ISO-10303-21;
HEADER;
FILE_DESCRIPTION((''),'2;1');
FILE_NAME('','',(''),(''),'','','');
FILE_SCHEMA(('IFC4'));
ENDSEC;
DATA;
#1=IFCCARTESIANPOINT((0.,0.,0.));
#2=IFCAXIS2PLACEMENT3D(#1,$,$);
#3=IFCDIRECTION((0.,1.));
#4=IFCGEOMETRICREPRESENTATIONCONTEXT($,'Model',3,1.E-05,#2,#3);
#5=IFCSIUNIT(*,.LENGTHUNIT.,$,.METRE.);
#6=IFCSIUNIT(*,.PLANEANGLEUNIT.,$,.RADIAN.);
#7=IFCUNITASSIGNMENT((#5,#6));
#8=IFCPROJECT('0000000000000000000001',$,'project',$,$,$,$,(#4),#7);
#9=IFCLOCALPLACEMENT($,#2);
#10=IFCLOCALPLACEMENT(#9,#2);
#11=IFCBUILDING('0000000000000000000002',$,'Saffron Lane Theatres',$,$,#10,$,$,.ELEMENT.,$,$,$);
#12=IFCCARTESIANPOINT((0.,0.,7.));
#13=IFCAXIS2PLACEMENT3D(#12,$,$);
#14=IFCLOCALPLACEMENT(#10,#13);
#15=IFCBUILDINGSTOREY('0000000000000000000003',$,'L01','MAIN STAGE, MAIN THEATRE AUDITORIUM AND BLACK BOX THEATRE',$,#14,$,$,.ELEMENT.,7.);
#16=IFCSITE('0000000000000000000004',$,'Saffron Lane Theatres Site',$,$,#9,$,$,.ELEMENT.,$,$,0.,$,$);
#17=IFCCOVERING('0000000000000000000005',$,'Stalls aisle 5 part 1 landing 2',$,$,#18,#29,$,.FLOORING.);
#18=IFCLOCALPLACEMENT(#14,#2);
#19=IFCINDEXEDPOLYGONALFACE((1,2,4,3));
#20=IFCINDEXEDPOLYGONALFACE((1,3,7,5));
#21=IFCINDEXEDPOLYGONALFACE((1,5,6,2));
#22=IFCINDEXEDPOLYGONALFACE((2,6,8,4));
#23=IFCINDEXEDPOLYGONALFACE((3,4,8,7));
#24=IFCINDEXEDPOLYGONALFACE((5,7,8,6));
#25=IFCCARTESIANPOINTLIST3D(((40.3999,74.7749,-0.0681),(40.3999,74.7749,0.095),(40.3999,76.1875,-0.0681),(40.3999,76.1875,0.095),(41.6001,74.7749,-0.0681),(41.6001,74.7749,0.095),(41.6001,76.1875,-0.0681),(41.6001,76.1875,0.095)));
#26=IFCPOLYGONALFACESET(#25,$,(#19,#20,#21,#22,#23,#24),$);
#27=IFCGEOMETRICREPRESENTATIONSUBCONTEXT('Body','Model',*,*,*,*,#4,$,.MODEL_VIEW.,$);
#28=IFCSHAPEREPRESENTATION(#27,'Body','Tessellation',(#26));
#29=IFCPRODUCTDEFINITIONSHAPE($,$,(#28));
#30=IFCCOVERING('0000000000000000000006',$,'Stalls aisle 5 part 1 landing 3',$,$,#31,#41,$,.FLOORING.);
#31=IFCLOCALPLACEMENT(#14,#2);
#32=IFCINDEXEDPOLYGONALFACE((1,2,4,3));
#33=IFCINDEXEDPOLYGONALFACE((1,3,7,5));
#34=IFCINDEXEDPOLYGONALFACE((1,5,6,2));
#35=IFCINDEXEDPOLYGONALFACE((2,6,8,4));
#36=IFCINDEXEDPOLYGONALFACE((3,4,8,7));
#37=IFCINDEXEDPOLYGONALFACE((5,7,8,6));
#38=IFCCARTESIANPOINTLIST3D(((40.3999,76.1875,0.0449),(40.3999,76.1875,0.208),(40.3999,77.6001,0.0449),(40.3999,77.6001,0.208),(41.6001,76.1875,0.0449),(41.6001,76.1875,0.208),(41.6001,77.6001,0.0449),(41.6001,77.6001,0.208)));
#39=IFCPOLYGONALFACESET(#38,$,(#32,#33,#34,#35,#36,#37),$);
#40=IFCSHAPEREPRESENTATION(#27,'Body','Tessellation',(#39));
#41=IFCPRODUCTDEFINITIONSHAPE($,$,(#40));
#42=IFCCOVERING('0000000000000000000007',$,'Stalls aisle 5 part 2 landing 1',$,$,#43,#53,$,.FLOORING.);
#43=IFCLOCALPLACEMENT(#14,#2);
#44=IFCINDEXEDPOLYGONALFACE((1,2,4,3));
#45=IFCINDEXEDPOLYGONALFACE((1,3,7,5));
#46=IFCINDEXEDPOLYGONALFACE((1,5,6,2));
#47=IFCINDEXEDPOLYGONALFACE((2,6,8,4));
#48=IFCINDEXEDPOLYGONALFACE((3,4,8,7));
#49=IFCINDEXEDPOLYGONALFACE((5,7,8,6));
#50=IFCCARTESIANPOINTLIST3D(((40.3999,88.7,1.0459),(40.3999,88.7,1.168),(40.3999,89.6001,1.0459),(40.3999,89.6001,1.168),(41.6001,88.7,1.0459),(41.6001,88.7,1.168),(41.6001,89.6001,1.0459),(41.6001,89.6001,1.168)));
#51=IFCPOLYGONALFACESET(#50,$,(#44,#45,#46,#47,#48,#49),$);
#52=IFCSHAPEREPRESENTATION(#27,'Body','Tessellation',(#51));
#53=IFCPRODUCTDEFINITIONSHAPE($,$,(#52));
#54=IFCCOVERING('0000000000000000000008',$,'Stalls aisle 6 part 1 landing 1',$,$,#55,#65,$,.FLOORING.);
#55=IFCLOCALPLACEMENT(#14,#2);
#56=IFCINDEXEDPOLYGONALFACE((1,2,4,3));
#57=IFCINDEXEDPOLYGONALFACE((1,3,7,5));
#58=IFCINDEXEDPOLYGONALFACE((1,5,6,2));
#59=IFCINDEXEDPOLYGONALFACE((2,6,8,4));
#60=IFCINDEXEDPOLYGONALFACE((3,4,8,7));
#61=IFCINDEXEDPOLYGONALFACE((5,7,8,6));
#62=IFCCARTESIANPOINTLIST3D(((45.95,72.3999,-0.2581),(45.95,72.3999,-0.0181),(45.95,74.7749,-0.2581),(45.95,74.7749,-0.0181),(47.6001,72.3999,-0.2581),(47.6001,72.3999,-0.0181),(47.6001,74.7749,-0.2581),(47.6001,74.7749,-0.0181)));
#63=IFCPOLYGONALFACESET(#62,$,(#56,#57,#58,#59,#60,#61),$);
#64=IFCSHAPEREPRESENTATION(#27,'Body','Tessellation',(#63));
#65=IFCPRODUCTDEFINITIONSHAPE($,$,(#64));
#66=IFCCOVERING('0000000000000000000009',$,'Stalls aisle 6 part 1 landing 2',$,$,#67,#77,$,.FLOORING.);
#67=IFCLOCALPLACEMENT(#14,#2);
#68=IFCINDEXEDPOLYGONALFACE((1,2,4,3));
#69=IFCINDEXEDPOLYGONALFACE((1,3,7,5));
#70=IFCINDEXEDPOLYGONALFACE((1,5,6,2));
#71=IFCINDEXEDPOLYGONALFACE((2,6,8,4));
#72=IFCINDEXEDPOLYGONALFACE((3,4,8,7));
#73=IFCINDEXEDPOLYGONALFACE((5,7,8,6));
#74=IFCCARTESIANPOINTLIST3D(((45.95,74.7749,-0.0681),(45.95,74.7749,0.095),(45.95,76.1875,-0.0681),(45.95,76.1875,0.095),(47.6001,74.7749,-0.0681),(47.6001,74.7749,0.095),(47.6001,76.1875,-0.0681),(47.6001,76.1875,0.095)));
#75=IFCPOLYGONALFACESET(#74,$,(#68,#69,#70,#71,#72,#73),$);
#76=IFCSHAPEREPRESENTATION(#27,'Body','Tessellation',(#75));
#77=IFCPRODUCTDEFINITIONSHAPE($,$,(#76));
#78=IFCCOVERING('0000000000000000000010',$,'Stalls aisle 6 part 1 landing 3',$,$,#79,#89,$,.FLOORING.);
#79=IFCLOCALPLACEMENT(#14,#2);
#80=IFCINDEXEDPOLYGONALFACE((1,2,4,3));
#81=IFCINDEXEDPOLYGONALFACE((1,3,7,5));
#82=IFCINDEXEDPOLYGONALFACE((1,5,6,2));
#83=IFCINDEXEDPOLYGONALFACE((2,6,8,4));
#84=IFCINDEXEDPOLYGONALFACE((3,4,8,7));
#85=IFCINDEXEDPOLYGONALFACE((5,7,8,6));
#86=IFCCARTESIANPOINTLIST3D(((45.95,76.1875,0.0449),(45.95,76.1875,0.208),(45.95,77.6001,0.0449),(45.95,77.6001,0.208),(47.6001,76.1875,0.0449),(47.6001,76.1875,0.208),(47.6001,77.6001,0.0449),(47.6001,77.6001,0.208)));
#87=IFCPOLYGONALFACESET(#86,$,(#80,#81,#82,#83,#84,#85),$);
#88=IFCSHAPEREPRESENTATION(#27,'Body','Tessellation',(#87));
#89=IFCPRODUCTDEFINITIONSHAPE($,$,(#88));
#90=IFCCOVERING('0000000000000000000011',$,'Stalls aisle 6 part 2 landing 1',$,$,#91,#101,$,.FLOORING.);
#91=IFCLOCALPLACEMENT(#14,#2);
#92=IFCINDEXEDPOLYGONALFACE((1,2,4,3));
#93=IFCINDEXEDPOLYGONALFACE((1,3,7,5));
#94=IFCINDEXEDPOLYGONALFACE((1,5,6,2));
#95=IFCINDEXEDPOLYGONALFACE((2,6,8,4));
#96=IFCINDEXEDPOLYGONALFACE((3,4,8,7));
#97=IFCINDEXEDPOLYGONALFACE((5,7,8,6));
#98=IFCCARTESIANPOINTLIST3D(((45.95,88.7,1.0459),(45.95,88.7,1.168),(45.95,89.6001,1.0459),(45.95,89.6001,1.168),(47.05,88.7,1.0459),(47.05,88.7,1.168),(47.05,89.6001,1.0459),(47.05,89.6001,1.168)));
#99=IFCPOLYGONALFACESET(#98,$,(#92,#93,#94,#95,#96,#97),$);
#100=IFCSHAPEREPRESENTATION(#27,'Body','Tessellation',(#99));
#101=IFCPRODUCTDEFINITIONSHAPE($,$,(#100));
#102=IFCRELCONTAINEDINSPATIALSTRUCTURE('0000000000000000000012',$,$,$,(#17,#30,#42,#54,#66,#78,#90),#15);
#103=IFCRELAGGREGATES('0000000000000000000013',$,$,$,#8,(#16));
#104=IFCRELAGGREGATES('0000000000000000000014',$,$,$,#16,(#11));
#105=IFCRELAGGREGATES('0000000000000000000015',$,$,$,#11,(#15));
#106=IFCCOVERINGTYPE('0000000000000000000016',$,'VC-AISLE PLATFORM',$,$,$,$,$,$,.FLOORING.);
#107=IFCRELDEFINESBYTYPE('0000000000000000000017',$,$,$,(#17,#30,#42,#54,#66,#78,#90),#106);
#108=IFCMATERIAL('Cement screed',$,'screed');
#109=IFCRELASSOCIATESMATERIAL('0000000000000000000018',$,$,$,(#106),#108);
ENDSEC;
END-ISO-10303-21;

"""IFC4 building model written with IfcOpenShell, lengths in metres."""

from ifc_helpers import new_model, si_unit, direction, frame, origin, place, context, subcontext, project, spatial, polyline, outline, extrude, material, type_object, element, save


model = new_model("IFC4")

# Units and contexts
model_context = context("Model", 3, precision=1e-05, world=origin(), true_north=direction((0.0, 1.0)))
body_context = subcontext(model_context, "Body", "Model", "MODEL_VIEW")
ifc_project = project(units=[si_unit("LENGTHUNIT", "METRE"), si_unit("PLANEANGLEUNIT", "RADIAN")], contexts=[model_context])

# Site, building, storey
site_placement = place(None, origin())
site = spatial("IfcSite", under=ifc_project, at=site_placement, Name="Saffron Lane Theatres Site", CompositionType="ELEMENT", RefElevation=0.0)
building_placement = place(site_placement, origin())
building = spatial("IfcBuilding", under=site, at=building_placement, Name="Saffron Lane Theatres", CompositionType="ELEMENT")
storey_placement = place(building_placement, frame((0.0, 0.0, 7.0)))
storey = spatial("IfcBuildingStorey", under=building, at=storey_placement, Name="L01", Description="MAIN STAGE, MAIN THEATRE AUDITORIUM AND BLACK BOX THEATRE", CompositionType="ELEMENT", Elevation=7.0)

# Coverings
ifc_material_1 = material(Name="Cement screed", Category="screed")
covering_type = type_object("IfcCoveringType", Name="VC-AISLE PLATFORM", PredefinedType="FLOORING", material=ifc_material_1)
covering_1_placement = place(storey_placement, frame((0.0, 0.0, -0.0681)))
element("IfcCovering", 1, at=covering_1_placement, inside=storey, type_object=covering_type, Name="Stalls aisle 5 part 1 landing 2", PredefinedType="FLOORING", context=body_context, shape_type="SweptSolid", body=[
    extrude(outline(polyline([(40.3999, 74.7749), (41.6001, 74.7749), (41.6001, 76.1875), (40.3999, 76.1875), (40.3999, 74.7749)])), origin(), (0.0, 0.0, 1.0), 0.1631),
])
covering_2_placement = place(storey_placement, frame((0.0, 0.0, 0.0449)))
element("IfcCovering", 2, at=covering_2_placement, inside=storey, type_object=covering_type, Name="Stalls aisle 5 part 1 landing 3", PredefinedType="FLOORING", context=body_context, shape_type="SweptSolid", body=[
    extrude(outline(polyline([(40.3999, 76.1875), (41.6001, 76.1875), (41.6001, 77.6001), (40.3999, 77.6001), (40.3999, 76.1875)])), origin(), (0.0, 0.0, 1.0), 0.1631),
])
covering_3_placement = place(storey_placement, frame((0.0, 0.0, 1.0459)))
element("IfcCovering", 3, at=covering_3_placement, inside=storey, type_object=covering_type, Name="Stalls aisle 5 part 2 landing 1", PredefinedType="FLOORING", context=body_context, shape_type="SweptSolid", body=[
    extrude(outline(polyline([(40.3999, 88.7), (41.6001, 88.7), (41.6001, 89.6001), (40.3999, 89.6001), (40.3999, 88.7)])), origin(), (0.0, 0.0, 1.0), 0.1221),
])
covering_4_placement = place(storey_placement, frame((0.0, 0.0, -0.2581)))
element("IfcCovering", 4, at=covering_4_placement, inside=storey, type_object=covering_type, Name="Stalls aisle 6 part 1 landing 1", PredefinedType="FLOORING", context=body_context, shape_type="SweptSolid", body=[
    extrude(outline(polyline([(45.95, 72.3999), (47.6001, 72.3999), (47.6001, 74.7749), (45.95, 74.7749), (45.95, 72.3999)])), origin(), (0.0, 0.0, 1.0), 0.24),
])
covering_5_placement = place(storey_placement, frame((0.0, 0.0, -0.0681)))
element("IfcCovering", 5, at=covering_5_placement, inside=storey, type_object=covering_type, Name="Stalls aisle 6 part 1 landing 2", PredefinedType="FLOORING", context=body_context, shape_type="SweptSolid", body=[
    extrude(outline(polyline([(45.95, 74.7749), (47.6001, 74.7749), (47.6001, 76.1875), (45.95, 76.1875), (45.95, 74.7749)])), origin(), (0.0, 0.0, 1.0), 0.1631),
])
covering_6_placement = place(storey_placement, frame((0.0, 0.0, 0.0449)))
element("IfcCovering", 6, at=covering_6_placement, inside=storey, type_object=covering_type, Name="Stalls aisle 6 part 1 landing 3", PredefinedType="FLOORING", context=body_context, shape_type="SweptSolid", body=[
    extrude(outline(polyline([(45.95, 76.1875), (47.6001, 76.1875), (47.6001, 77.6001), (45.95, 77.6001), (45.95, 76.1875)])), origin(), (0.0, 0.0, 1.0), 0.1631),
])
covering_7_placement = place(storey_placement, frame((0.0, 0.0, 1.0459)))
element("IfcCovering", 7, at=covering_7_placement, inside=storey, type_object=covering_type, Name="Stalls aisle 6 part 2 landing 1", PredefinedType="FLOORING", context=body_context, shape_type="SweptSolid", body=[
    extrude(outline(polyline([(45.95, 88.7), (47.05, 88.7), (47.05, 89.6001), (45.95, 89.6001), (45.95, 88.7)])), origin(), (0.0, 0.0, 1.0), 0.1221),
])

save(model, "model.ifc")
